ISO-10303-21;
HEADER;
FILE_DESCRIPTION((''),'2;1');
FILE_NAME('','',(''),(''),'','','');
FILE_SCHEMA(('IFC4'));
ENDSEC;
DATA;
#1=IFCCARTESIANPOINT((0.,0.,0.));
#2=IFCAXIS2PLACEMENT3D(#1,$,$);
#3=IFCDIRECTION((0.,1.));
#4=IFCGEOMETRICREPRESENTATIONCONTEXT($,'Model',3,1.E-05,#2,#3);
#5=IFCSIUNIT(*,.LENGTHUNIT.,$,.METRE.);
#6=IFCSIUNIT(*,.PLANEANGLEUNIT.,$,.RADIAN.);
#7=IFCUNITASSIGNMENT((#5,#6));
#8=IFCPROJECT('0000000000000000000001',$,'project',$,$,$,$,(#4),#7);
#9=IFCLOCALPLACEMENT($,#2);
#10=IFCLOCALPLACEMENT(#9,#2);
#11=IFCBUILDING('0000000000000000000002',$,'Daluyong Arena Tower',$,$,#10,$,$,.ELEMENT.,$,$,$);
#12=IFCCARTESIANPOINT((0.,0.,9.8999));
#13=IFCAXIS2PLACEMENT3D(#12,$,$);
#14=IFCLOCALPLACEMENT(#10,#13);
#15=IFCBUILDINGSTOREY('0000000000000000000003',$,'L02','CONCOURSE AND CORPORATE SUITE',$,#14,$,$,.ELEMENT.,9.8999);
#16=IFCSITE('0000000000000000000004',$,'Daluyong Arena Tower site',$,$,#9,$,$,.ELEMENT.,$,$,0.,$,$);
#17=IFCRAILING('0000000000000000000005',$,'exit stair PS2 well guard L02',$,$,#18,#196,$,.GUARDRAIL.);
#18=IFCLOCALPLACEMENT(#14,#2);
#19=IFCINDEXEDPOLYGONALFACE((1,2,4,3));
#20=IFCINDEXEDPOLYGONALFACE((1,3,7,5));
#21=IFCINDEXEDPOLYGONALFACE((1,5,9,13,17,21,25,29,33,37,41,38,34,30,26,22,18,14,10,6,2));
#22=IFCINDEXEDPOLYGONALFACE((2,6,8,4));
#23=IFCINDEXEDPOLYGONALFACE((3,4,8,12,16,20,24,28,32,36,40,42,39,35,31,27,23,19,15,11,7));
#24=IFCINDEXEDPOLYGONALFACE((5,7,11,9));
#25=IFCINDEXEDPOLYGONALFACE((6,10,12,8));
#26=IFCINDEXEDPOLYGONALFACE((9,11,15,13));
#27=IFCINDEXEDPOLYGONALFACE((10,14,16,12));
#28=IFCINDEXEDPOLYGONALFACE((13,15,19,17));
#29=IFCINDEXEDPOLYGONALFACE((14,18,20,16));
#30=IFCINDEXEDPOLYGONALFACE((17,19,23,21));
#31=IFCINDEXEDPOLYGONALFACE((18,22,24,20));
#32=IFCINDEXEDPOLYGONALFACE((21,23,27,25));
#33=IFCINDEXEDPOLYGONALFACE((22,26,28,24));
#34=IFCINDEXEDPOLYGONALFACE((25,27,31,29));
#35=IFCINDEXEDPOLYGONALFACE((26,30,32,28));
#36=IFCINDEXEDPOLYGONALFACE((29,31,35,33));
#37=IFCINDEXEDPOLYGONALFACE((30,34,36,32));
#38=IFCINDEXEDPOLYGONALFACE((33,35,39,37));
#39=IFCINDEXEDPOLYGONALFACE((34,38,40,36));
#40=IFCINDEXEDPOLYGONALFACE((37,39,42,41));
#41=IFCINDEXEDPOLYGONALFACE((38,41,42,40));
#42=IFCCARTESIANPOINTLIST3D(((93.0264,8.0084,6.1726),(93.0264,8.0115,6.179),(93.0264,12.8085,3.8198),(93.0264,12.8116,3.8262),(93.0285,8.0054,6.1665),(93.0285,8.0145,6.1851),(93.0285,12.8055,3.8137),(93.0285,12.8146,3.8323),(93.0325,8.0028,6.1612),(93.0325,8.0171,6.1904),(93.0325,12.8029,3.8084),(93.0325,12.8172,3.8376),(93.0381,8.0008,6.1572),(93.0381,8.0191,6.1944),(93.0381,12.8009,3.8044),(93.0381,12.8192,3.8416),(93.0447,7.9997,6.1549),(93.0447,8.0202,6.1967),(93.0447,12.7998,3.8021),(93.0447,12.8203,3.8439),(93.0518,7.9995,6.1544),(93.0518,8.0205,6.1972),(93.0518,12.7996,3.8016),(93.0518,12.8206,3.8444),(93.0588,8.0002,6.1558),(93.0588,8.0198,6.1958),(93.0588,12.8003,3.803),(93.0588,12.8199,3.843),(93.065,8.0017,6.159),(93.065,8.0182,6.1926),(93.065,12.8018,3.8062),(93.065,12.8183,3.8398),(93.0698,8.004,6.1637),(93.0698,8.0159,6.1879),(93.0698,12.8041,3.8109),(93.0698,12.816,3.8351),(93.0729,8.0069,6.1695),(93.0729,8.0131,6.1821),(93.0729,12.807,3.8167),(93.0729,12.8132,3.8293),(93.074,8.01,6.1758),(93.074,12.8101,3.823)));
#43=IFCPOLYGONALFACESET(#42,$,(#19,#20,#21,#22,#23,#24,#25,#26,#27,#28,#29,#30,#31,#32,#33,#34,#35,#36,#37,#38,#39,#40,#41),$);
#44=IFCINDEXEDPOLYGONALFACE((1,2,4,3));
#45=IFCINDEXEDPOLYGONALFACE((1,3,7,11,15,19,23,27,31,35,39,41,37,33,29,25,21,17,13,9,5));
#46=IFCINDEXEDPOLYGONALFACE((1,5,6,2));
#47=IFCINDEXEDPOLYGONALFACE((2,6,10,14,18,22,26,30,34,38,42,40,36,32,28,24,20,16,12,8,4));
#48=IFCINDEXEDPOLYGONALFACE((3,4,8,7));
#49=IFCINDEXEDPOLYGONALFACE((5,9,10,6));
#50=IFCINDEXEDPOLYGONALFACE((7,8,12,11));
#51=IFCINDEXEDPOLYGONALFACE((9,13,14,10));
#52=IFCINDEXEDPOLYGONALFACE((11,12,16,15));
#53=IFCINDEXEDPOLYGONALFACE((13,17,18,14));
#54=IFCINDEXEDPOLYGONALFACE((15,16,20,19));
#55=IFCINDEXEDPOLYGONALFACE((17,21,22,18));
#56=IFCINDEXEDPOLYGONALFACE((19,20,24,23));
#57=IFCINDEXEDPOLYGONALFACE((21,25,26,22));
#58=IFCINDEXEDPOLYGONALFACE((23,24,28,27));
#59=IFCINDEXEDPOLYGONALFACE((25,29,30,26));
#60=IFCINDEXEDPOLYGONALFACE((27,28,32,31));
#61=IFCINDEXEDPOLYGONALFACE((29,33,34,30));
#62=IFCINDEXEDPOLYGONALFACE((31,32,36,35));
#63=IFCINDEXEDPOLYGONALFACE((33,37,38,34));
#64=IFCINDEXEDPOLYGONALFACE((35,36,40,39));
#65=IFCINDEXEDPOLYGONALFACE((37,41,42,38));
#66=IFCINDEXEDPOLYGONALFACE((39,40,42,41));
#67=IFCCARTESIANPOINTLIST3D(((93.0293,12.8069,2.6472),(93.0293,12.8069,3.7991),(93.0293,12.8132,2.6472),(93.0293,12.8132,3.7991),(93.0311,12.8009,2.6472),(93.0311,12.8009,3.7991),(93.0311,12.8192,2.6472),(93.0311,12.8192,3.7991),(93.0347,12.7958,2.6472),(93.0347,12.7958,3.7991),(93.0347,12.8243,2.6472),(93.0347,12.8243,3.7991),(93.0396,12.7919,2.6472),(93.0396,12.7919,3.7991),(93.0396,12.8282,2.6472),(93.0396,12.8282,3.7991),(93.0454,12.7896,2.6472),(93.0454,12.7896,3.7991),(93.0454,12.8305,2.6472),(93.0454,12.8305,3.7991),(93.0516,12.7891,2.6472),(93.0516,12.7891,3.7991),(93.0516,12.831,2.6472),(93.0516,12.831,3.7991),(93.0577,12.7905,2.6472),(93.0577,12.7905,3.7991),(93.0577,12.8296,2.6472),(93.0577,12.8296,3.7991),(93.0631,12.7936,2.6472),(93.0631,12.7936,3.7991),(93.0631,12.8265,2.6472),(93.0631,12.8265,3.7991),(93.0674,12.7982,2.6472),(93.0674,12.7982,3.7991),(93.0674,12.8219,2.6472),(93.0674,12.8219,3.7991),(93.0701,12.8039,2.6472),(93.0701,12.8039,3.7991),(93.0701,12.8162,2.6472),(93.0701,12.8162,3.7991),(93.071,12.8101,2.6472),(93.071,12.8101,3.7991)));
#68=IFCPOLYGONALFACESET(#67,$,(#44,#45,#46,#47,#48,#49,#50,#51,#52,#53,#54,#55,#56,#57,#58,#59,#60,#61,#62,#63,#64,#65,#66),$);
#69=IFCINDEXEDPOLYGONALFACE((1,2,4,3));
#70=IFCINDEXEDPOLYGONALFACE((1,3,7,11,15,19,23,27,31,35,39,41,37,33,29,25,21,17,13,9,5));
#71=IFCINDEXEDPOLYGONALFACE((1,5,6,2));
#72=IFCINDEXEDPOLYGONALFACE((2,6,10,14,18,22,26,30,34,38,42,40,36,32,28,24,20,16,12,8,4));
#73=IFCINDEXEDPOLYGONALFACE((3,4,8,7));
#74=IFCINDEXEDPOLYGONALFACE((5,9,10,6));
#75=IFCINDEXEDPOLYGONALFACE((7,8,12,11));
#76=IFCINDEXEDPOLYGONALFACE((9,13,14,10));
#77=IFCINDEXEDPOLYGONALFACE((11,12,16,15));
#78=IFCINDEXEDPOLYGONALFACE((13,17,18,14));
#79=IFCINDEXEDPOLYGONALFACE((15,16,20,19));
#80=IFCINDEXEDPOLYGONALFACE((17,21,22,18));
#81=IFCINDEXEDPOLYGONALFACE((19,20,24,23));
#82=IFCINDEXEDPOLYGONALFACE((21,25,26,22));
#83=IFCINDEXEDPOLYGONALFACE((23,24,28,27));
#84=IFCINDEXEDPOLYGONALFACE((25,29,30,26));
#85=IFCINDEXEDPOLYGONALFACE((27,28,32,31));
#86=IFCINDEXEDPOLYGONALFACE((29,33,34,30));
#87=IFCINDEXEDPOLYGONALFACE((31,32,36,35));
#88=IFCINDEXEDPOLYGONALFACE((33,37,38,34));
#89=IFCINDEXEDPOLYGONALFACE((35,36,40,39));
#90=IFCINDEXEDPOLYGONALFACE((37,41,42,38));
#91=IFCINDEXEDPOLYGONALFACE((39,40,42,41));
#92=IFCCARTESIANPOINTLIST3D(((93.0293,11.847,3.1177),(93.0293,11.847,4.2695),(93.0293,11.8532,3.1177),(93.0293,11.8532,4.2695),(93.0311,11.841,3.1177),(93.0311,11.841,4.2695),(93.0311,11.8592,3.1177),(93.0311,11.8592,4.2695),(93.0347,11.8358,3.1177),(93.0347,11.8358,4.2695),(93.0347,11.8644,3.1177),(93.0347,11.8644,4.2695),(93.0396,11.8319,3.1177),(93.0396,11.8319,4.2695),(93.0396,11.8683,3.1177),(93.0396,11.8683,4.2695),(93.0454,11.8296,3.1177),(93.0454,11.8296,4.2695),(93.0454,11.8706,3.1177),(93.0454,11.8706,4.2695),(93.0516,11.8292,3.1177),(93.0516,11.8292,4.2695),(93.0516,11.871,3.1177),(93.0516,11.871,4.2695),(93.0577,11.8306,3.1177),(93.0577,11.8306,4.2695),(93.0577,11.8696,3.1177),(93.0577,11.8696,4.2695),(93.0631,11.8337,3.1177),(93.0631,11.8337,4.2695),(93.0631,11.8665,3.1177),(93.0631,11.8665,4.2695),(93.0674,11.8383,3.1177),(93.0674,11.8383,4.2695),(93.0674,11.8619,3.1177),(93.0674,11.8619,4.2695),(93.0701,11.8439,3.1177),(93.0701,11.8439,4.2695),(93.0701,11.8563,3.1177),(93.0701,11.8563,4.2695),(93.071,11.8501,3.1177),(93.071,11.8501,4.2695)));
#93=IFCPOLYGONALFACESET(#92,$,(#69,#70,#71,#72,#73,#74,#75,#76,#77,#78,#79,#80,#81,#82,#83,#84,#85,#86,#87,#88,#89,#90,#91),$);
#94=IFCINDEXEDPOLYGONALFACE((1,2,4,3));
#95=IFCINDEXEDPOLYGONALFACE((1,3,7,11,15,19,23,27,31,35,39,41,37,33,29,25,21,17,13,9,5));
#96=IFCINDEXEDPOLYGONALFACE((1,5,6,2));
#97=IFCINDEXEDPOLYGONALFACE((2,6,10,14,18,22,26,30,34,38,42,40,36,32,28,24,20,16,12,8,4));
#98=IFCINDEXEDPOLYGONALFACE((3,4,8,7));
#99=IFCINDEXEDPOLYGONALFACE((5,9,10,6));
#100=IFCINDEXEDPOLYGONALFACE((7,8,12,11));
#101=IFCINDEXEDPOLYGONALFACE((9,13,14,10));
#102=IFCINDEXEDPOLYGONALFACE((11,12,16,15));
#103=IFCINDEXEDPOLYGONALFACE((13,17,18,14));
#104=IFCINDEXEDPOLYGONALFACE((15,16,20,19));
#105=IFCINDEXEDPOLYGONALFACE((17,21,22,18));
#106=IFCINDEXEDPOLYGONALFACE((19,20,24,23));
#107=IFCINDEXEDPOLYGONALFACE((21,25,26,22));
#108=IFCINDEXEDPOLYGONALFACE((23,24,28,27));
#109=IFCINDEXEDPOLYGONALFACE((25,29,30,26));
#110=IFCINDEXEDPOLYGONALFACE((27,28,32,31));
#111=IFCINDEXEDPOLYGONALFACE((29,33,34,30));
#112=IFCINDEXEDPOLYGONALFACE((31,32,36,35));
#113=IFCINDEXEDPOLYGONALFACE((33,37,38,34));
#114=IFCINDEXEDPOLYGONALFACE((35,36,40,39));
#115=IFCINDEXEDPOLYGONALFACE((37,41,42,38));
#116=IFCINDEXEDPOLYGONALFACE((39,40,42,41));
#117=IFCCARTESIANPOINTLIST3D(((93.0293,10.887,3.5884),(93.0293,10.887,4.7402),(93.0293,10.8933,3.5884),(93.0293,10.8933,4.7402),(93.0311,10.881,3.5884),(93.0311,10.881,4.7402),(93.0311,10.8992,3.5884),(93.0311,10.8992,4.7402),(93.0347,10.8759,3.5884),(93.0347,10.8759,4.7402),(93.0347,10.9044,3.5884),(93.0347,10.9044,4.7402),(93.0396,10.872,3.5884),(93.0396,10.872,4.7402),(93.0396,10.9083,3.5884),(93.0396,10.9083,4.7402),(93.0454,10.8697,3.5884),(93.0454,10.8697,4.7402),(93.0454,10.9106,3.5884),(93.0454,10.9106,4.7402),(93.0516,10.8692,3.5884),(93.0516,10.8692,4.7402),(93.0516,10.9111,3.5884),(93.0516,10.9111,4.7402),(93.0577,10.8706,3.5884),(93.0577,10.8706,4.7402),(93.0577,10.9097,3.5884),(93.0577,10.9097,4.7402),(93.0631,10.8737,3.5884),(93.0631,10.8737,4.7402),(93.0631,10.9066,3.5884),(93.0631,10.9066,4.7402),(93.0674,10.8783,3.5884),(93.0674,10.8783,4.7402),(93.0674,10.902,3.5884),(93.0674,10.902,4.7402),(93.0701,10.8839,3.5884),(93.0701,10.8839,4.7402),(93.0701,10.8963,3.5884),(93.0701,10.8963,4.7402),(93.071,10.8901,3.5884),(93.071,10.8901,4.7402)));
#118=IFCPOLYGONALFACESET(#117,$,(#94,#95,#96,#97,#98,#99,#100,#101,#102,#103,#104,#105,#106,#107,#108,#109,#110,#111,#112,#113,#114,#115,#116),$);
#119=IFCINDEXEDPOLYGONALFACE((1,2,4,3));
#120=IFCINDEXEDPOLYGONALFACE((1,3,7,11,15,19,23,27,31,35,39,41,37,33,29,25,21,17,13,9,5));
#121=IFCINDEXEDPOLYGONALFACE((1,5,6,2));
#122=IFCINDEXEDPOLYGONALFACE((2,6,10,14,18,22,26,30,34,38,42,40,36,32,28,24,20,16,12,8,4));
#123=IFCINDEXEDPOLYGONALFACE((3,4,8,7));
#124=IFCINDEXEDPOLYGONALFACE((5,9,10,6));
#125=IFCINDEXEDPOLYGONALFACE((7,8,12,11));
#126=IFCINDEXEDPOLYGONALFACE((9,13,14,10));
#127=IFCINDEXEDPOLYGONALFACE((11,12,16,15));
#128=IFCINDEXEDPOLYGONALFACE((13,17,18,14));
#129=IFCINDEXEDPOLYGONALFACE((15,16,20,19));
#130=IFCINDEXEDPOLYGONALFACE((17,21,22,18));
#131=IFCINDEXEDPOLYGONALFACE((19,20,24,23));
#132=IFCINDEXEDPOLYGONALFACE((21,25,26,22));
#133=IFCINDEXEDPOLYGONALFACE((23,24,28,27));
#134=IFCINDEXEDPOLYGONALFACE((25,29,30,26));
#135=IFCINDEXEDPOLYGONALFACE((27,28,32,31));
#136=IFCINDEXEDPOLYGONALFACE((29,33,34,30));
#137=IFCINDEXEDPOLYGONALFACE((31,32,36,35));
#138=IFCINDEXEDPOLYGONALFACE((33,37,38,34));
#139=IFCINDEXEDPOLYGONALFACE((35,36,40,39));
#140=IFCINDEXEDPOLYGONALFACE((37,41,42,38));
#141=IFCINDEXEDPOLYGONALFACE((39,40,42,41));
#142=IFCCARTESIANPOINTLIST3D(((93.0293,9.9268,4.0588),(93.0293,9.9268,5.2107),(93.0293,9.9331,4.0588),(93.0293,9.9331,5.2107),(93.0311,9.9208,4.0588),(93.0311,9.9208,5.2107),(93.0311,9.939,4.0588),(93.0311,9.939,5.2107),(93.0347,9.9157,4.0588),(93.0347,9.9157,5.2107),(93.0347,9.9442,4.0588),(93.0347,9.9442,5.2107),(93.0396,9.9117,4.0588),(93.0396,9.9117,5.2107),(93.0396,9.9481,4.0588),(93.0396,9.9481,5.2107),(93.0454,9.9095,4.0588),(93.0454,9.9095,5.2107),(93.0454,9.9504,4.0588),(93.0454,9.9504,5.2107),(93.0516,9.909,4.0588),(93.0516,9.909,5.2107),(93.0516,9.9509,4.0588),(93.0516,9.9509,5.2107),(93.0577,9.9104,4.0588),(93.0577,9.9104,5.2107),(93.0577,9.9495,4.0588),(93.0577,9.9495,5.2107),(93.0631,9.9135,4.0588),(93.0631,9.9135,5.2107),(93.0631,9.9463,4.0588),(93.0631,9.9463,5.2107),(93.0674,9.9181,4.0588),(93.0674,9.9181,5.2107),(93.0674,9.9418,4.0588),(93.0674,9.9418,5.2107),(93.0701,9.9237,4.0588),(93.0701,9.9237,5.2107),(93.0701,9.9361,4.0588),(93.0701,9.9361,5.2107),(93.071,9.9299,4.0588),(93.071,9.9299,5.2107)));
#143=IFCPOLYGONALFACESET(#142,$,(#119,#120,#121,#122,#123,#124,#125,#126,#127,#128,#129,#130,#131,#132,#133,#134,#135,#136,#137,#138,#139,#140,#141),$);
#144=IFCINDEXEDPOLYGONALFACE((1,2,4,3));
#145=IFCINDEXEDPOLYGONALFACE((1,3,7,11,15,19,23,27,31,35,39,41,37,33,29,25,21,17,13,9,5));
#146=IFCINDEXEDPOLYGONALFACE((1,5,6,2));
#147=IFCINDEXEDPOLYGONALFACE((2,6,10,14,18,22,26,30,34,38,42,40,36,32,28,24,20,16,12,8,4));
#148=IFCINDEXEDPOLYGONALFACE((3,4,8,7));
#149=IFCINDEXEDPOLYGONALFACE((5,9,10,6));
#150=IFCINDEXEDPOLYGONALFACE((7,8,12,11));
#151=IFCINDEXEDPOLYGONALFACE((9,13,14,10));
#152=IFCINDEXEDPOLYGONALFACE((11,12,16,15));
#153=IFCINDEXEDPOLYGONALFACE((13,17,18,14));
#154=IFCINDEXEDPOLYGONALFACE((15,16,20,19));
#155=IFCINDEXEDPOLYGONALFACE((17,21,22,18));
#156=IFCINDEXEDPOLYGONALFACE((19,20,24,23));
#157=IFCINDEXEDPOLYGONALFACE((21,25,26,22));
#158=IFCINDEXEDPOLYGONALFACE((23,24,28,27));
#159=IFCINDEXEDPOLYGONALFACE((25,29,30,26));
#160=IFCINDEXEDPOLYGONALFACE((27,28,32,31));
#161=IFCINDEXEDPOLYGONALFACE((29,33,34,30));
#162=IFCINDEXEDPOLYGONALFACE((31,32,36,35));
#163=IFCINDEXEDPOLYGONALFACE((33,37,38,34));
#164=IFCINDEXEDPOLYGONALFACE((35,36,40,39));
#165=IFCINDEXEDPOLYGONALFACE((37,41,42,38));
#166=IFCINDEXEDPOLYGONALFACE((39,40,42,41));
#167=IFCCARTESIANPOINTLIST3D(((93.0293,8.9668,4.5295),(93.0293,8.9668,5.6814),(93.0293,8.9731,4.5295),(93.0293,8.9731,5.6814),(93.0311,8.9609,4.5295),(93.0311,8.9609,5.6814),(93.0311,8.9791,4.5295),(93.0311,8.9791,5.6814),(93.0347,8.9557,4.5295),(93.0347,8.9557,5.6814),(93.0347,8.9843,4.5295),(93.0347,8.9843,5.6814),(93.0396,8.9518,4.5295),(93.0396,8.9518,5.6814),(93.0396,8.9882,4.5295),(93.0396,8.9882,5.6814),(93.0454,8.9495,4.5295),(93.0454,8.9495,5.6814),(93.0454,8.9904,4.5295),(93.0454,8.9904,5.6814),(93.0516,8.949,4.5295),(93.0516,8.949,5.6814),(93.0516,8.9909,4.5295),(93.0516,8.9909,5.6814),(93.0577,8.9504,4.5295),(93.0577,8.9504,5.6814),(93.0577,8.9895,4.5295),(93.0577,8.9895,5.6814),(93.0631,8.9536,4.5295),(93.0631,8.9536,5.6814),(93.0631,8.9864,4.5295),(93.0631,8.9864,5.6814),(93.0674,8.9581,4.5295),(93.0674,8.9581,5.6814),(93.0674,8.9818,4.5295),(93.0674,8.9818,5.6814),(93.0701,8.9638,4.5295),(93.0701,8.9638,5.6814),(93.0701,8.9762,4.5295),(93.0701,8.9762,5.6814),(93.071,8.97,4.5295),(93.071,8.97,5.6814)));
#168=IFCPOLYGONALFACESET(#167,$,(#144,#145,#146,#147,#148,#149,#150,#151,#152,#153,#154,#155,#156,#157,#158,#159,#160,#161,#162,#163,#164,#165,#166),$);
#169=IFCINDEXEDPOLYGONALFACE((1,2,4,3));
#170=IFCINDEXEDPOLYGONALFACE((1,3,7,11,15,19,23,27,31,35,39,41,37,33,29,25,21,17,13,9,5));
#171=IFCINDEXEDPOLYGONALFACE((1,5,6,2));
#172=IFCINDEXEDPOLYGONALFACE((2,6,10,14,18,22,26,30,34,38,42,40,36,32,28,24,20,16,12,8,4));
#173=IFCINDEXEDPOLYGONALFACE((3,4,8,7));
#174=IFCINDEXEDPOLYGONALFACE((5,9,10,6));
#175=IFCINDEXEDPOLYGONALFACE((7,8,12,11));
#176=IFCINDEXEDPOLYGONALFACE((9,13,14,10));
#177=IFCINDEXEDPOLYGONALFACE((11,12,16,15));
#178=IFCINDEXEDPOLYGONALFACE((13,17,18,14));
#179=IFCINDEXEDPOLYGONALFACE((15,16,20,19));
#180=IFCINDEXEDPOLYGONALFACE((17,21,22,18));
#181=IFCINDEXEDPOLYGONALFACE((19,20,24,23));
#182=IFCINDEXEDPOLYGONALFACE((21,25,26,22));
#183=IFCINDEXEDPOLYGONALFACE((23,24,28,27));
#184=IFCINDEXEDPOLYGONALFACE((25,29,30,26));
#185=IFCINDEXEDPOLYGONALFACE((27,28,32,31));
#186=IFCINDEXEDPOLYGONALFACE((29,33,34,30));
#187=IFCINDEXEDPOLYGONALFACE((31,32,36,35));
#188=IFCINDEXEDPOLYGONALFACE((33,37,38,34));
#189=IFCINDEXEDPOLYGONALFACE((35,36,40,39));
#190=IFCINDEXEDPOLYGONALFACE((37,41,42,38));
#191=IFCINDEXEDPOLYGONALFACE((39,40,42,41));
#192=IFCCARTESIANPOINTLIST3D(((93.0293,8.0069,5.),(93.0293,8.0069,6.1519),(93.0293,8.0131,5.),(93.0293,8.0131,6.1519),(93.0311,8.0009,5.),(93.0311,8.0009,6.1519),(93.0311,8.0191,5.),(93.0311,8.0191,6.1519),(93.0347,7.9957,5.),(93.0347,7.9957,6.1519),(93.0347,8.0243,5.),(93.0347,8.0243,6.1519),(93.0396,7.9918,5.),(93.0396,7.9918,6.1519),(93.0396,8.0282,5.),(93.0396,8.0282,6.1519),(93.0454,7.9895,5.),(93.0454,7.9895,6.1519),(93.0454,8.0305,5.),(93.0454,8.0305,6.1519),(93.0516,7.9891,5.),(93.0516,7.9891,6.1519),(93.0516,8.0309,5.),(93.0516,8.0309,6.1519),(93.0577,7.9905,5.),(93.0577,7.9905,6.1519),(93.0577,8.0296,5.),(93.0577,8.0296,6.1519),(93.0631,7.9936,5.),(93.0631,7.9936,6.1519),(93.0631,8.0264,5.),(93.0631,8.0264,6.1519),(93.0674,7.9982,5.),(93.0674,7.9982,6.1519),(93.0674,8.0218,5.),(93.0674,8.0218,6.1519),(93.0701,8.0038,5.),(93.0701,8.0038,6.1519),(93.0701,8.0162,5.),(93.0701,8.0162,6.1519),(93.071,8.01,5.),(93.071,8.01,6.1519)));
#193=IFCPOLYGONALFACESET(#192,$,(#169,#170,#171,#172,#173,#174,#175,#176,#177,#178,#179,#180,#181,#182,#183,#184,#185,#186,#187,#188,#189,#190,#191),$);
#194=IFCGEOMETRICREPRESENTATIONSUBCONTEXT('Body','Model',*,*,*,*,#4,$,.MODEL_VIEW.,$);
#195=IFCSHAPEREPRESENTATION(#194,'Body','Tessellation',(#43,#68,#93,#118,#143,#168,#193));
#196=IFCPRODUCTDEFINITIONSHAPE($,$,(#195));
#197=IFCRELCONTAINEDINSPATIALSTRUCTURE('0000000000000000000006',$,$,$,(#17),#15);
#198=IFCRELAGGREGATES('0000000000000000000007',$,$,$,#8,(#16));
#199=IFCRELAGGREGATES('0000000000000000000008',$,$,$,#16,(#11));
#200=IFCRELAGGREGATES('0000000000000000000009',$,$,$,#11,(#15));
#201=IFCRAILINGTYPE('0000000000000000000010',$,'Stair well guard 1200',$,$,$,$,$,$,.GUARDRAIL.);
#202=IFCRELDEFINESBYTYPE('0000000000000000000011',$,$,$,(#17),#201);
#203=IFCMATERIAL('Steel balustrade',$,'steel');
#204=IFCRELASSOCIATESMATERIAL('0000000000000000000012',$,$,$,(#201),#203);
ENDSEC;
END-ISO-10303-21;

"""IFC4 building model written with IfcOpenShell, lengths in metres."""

from ifc_helpers import new_model, si_unit, direction, frame, origin, origin_2d, place, context, subcontext, project, spatial, circle, extrude, material, type_object, element, save


model = new_model("IFC4")

# Units and contexts
model_context = context("Model", 3, precision=1e-05, world=origin(), true_north=direction((0.0, 1.0)))
body_context = subcontext(model_context, "Body", "Model", "MODEL_VIEW")
ifc_project = project(units=[si_unit("LENGTHUNIT", "METRE"), si_unit("PLANEANGLEUNIT", "RADIAN")], contexts=[model_context])

# Site, building, storey
site_placement = place(None, origin())
site = spatial("IfcSite", under=ifc_project, at=site_placement, Name="Daluyong Arena Tower site", CompositionType="ELEMENT", RefElevation=0.0)
building_placement = place(site_placement, origin())
building = spatial("IfcBuilding", under=site, at=building_placement, Name="Daluyong Arena Tower", CompositionType="ELEMENT")
storey_placement = place(building_placement, frame((0.0, 0.0, 9.8999)))
storey = spatial("IfcBuildingStorey", under=building, at=storey_placement, Name="L02", Description="CONCOURSE AND CORPORATE SUITE", CompositionType="ELEMENT", Elevation=9.8999)

# Railing
ifc_material_1 = material(Name="Steel balustrade", Category="steel")
railing_type_1 = type_object("IfcRailingType", Name="Stair well guard 1200", PredefinedType="GUARDRAIL", material=ifc_material_1)
railing_1_placement = place(storey_placement, frame((93.05, 12.8101, 2.6472)))
element("IfcRailing", 1, at=railing_1_placement, inside=storey, type_object=railing_type_1, Name="exit stair PS2 well guard L02", PredefinedType="GUARDRAIL", context=body_context, shape_type="SweptSolid", body=[
    extrude(circle(Radius=0.0239, at=origin_2d()), frame((0.0, 0.0, 1.1758), z_axis=(0.0, -0.897934, 0.44013), x_axis=(1.0, 0.0, 0.0)), (0.0, 0.0, 1.0), 5.3457),
    extrude(circle(Radius=0.021, at=origin_2d()), origin(), (0.0, 0.0, 1.0), 1.1519),
    extrude(circle(Radius=0.021, at=origin_2d()), frame((0.0, -0.96, 0.4705)), (0.0, 0.0, 1.0), 1.1519),
    extrude(circle(Radius=0.021, at=origin_2d()), frame((0.0, -1.9199, 0.9412)), (0.0, 0.0, 1.0), 1.1519),
    extrude(circle(Radius=0.021, at=origin_2d()), frame((0.0, -2.8801, 1.4116)), (0.0, 0.0, 1.0), 1.1519),
    extrude(circle(Radius=0.021, at=origin_2d()), frame((0.0, -3.8401, 1.8823)), (0.0, 0.0, 1.0), 1.1519),
    extrude(circle(Radius=0.021, at=origin_2d()), frame((0.0, -4.8, 2.3528)), (0.0, 0.0, 1.0), 1.1519),
])

save(model, "model.ifc")
